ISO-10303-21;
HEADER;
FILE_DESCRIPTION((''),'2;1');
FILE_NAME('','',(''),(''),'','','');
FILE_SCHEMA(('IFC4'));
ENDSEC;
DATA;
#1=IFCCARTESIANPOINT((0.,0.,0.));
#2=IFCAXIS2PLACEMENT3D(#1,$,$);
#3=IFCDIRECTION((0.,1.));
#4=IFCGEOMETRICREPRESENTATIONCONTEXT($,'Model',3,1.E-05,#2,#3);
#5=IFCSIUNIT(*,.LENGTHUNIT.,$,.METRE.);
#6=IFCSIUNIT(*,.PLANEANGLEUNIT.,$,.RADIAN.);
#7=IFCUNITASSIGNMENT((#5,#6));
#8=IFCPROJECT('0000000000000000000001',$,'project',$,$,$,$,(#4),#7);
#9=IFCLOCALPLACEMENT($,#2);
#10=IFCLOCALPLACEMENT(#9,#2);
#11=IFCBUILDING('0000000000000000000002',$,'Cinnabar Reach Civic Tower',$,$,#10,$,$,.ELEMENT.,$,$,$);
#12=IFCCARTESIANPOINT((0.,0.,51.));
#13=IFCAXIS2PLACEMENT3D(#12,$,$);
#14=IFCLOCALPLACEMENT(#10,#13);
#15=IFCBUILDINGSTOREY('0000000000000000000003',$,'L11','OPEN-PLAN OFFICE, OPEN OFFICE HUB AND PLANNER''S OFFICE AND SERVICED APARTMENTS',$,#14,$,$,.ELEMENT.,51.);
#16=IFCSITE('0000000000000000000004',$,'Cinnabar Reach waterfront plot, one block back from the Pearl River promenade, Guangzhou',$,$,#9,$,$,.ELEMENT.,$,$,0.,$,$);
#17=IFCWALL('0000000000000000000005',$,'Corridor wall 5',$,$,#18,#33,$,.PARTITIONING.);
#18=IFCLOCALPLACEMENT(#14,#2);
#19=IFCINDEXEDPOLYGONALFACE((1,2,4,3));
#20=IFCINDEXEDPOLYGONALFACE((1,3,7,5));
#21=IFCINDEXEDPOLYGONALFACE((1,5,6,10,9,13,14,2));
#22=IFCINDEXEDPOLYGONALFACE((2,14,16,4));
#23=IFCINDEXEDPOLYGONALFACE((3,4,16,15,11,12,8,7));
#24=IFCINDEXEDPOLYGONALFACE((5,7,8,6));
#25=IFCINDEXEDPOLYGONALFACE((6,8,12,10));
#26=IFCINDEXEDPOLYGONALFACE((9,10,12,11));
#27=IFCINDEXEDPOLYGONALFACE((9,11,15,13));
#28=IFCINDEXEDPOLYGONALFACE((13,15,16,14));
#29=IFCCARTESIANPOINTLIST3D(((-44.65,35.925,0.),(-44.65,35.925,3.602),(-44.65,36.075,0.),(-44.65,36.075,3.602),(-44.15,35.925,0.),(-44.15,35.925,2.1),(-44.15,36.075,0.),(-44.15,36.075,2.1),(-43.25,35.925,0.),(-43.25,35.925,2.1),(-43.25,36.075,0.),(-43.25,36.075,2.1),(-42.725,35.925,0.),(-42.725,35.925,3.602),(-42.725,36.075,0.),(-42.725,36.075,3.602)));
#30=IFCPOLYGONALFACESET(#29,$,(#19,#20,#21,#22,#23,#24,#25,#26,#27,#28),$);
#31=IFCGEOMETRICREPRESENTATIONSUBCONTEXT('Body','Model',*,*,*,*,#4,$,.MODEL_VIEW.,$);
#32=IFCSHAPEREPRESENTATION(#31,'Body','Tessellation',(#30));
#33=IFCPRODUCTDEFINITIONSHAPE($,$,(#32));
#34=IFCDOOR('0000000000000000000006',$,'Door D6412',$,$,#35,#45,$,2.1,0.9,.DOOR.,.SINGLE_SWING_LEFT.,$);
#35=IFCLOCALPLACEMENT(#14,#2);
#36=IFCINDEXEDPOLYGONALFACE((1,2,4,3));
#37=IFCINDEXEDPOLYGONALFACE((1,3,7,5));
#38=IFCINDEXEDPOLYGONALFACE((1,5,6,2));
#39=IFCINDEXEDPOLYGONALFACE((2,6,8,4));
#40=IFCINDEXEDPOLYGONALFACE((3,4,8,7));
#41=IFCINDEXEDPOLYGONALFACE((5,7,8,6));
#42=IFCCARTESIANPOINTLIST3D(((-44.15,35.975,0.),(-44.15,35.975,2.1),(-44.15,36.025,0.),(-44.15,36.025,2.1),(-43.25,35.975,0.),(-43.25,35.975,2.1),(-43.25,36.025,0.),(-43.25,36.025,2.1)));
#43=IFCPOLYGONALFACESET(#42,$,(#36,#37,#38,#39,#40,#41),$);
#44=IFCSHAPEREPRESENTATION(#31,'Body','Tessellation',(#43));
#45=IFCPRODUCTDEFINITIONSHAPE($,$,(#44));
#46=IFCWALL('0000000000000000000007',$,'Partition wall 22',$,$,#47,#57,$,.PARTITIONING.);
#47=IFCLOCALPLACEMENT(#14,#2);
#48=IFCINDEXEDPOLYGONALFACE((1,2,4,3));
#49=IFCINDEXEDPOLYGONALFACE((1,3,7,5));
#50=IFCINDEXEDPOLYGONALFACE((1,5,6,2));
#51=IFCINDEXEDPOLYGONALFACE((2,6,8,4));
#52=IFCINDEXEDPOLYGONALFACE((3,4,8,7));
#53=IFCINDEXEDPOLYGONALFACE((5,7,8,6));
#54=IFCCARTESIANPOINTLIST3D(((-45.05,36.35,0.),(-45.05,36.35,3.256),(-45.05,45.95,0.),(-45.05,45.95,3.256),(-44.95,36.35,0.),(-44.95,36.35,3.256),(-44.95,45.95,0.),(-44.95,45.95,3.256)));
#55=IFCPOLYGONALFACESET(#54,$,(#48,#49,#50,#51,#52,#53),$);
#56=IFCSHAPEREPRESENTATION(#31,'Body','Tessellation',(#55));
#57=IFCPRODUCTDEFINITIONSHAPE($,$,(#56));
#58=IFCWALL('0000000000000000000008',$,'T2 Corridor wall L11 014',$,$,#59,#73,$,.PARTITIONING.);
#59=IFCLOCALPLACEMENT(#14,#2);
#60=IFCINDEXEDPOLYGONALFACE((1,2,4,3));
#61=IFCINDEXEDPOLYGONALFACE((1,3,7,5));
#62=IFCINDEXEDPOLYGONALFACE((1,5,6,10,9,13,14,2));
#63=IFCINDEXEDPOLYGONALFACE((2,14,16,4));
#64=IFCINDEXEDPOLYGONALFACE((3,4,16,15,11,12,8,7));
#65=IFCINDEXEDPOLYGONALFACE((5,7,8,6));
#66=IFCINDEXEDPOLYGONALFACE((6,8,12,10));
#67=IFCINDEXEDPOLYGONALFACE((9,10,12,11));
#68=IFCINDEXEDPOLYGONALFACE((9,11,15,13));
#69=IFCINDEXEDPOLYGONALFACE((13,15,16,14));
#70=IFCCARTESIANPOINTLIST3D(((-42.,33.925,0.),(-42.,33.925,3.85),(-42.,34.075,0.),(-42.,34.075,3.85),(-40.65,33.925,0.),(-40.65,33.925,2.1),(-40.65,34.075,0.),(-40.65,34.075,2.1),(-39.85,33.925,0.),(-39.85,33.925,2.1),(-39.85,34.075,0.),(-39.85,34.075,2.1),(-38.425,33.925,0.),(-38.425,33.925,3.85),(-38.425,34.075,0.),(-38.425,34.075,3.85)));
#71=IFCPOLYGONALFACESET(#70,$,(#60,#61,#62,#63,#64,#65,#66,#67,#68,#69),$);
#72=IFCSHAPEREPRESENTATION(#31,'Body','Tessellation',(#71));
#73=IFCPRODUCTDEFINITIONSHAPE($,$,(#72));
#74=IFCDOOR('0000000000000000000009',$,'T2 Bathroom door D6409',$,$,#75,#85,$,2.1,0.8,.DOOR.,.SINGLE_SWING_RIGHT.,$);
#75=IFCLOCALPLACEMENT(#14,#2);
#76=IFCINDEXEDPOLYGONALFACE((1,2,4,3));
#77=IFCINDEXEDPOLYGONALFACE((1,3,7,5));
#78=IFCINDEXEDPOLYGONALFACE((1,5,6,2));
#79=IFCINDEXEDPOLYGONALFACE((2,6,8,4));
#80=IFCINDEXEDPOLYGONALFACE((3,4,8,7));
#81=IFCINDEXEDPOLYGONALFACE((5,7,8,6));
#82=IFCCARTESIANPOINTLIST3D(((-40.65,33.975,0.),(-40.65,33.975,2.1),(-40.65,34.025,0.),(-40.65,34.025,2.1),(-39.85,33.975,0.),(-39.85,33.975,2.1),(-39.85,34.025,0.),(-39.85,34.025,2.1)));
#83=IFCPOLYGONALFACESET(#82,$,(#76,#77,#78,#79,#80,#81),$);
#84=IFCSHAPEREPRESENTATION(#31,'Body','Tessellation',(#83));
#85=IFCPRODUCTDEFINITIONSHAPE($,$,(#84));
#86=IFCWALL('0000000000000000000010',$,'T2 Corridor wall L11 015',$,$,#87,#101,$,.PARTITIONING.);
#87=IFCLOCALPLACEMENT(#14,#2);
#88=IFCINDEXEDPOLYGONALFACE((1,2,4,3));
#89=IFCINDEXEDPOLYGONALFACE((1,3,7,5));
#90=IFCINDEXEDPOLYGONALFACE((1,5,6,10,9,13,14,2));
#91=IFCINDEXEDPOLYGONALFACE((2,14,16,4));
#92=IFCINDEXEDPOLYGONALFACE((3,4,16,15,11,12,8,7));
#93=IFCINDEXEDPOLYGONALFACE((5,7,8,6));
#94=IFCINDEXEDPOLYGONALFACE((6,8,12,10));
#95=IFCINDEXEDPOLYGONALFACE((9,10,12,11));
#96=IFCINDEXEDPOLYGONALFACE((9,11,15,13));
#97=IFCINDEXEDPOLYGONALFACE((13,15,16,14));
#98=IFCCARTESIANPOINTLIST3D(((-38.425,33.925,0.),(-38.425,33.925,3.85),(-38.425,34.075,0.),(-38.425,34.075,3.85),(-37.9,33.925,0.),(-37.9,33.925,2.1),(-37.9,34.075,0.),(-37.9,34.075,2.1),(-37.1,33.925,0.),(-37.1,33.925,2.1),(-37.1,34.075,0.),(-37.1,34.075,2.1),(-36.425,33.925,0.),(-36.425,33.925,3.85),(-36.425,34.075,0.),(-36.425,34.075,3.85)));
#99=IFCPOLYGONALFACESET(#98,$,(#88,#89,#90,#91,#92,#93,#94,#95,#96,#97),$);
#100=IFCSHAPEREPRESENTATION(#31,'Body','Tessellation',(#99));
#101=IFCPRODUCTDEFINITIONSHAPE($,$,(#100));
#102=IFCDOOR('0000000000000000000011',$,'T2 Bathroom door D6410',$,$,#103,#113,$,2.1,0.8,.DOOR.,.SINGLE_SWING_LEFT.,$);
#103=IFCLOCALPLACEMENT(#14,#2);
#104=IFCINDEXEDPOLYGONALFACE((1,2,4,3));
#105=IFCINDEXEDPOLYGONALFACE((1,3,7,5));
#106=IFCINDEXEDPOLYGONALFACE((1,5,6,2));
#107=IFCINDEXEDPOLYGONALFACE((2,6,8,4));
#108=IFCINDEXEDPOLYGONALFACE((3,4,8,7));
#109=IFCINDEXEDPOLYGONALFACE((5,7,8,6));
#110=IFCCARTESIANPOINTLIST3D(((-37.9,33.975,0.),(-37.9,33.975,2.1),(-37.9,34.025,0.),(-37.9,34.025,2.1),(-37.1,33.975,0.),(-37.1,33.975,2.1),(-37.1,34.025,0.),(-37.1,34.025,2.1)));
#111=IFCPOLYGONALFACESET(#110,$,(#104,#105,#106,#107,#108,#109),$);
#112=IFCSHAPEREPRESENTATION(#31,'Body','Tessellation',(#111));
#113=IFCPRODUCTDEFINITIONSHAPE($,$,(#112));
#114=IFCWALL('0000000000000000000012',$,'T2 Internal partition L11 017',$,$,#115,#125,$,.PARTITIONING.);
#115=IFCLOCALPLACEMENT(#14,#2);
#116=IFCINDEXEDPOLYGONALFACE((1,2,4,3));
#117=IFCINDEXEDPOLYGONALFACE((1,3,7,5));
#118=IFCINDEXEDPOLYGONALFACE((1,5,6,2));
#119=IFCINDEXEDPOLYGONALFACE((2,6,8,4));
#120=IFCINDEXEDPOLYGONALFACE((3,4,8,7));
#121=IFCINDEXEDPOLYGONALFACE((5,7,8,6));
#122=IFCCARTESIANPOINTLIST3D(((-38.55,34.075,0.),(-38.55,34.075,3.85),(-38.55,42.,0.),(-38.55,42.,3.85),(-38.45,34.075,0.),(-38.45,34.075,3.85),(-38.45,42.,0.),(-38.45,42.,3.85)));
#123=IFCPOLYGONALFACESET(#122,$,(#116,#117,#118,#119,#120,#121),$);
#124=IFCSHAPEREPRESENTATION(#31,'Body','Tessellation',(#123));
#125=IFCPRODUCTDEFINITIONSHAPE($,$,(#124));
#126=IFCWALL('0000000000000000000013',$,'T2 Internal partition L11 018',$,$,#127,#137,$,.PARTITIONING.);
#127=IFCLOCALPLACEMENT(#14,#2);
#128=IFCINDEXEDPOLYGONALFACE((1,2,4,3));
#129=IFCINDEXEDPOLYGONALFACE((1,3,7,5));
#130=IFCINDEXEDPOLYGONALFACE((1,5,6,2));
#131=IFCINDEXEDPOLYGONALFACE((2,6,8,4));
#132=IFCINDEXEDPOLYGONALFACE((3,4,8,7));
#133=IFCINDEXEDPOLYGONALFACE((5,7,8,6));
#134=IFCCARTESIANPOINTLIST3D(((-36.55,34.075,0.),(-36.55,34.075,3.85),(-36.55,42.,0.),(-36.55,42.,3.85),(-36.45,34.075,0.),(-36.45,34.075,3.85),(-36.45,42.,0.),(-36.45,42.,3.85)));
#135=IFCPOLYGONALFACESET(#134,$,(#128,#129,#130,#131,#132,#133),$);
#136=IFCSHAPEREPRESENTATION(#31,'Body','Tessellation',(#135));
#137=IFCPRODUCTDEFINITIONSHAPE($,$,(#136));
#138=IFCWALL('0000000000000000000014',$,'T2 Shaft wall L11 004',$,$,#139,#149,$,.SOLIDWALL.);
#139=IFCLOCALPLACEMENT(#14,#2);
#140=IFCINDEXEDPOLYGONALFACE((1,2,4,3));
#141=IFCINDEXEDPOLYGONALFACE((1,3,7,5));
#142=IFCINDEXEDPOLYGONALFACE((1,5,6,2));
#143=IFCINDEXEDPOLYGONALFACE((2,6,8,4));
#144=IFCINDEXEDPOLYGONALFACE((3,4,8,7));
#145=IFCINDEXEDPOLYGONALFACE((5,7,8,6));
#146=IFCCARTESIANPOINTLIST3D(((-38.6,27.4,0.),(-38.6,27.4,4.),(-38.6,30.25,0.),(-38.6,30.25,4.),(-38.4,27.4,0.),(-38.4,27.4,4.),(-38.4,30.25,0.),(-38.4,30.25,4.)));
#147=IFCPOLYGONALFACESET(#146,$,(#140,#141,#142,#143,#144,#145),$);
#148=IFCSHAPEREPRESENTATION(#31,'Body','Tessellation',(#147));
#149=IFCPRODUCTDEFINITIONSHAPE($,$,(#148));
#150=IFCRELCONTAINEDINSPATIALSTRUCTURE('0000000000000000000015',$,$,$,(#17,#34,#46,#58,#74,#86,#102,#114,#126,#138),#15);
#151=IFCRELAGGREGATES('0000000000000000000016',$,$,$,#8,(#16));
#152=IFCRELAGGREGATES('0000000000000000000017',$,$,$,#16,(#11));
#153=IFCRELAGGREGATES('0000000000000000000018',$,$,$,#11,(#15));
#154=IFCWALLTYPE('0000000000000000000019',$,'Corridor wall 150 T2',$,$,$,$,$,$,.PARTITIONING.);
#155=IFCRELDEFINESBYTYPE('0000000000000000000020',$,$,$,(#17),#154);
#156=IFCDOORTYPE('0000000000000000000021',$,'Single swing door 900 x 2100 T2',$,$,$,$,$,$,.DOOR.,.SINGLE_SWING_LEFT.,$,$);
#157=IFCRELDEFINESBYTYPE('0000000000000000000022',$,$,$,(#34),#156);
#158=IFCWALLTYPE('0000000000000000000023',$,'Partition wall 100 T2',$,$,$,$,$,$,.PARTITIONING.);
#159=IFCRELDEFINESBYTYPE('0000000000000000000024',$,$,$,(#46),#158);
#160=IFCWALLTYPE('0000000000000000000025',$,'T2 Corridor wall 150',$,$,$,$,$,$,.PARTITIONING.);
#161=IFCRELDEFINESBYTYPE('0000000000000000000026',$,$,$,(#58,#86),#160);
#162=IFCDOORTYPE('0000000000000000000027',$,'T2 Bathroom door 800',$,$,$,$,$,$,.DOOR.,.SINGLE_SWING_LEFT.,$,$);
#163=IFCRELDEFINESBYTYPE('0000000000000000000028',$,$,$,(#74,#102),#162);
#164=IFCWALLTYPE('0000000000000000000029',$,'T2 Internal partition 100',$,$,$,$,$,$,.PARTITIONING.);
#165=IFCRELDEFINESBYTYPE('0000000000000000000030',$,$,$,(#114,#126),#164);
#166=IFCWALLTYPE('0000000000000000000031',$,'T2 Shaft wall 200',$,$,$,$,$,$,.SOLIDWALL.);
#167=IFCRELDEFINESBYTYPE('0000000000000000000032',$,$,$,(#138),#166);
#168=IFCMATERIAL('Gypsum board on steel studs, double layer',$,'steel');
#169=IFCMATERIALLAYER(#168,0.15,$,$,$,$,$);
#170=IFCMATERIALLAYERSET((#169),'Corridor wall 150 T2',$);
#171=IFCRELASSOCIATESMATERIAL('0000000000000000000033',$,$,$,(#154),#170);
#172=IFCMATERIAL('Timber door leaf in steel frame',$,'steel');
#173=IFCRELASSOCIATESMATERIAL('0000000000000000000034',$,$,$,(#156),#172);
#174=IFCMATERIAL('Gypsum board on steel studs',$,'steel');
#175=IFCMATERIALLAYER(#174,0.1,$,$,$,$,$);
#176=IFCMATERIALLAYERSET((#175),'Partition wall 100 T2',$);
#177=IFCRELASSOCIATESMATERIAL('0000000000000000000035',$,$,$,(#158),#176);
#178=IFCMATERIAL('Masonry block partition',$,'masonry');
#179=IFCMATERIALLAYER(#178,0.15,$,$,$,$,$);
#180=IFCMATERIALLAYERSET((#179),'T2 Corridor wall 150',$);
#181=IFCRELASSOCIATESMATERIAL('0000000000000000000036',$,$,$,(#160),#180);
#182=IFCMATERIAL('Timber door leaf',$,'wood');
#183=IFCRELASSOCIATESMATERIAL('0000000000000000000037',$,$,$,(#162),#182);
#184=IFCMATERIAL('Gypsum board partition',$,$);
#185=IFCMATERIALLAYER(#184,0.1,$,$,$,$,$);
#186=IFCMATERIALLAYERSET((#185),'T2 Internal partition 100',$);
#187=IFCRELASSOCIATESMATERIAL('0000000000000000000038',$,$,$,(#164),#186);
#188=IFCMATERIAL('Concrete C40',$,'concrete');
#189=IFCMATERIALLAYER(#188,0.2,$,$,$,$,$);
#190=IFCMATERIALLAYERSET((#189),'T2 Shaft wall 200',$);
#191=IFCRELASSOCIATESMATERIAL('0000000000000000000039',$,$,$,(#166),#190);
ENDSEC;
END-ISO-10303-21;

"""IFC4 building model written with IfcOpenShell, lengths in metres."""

from ifc_helpers import new_model, si_unit, direction, frame, frame_2d, origin, place, context, subcontext, project, spatial, rectangle, extrude, material, layer, layer_set, type_object, element, fill, save


model = new_model("IFC4")

# Units and contexts
model_context = context("Model", 3, precision=1e-05, world=origin(), true_north=direction((0.0, 1.0)))
body_context = subcontext(model_context, "Body", "Model", "MODEL_VIEW")
ifc_project = project(units=[si_unit("LENGTHUNIT", "METRE"), si_unit("PLANEANGLEUNIT", "RADIAN")], contexts=[model_context])

# Site, building, storey
site_placement = place(None, origin())
site = spatial("IfcSite", under=ifc_project, at=site_placement, Name="Cinnabar Reach waterfront plot, one block back from the Pearl River promenade, Guangzhou", CompositionType="ELEMENT", RefElevation=0.0)
building_placement = place(site_placement, origin())
building = spatial("IfcBuilding", under=site, at=building_placement, Name="Cinnabar Reach Civic Tower", CompositionType="ELEMENT")
storey_placement = place(building_placement, frame((0.0, 0.0, 51.0)))
storey = spatial("IfcBuildingStorey", under=building, at=storey_placement, Name="L11", Description="OPEN-PLAN OFFICE, OPEN OFFICE HUB AND PLANNER'S OFFICE AND SERVICED APARTMENTS", CompositionType="ELEMENT", Elevation=51.0)

# Wall, opening, door
ifc_material_1 = material(Name="Gypsum board on steel studs, double layer", Category="steel")
ifc_layer_1 = layer(ifc_material_1, 0.15)
ifc_layer_set_1 = layer_set([ifc_layer_1], Name="Corridor wall 150 T2")
wall_type_1 = type_object("IfcWallType", Name="Corridor wall 150 T2", PredefinedType="PARTITIONING", material=ifc_layer_set_1)
wall_1_placement = place(storey_placement, frame((-44.65, 36.0, 0.0), z_axis=(0.0, 0.0, 1.0), x_axis=(1.0, 0.0, 0.0)))
wall_1 = element("IfcWall", 1, at=wall_1_placement, inside=storey, type_object=wall_type_1, Name="Corridor wall 5", PredefinedType="PARTITIONING", context=body_context, shape_type="SweptSolid", body=[
    extrude(rectangle(XDim=1.925, YDim=0.15, at=frame_2d((0.9625, 0.0))), origin(), (0.0, 0.0, 1.0), 3.602),
])
opening_1_placement = place(wall_1_placement, frame((0.5, 0.0, 0.0)))
opening_1 = element("IfcOpeningElement", 2, at=opening_1_placement, cuts=wall_1, PredefinedType="OPENING", context=body_context, shape_type="SweptSolid", body=[
    extrude(rectangle(XDim=0.9, YDim=2.1, at=frame_2d((0.45, 1.05))), frame((0.0, 0.085, 0.0), z_axis=(0.0, -1.0, 0.0), x_axis=(1.0, 0.0, 0.0)), (0.0, 0.0, 1.0), 0.17),
])
ifc_material_2 = material(Name="Timber door leaf in steel frame", Category="steel")
door_type_1 = type_object("IfcDoorType", Name="Single swing door 900 x 2100 T2", OperationType="SINGLE_SWING_LEFT", PredefinedType="DOOR", material=ifc_material_2)
door_1_placement = place(opening_1_placement, origin())
door_1 = element("IfcDoor", 3, at=door_1_placement, inside=storey, type_object=door_type_1, Name="Door D6412", OperationType="SINGLE_SWING_LEFT", OverallHeight=2.1, OverallWidth=0.9, PredefinedType="DOOR", context=body_context, shape_type="SweptSolid", body=[
    extrude(rectangle(XDim=0.9, YDim=2.1, at=frame_2d((0.45, 1.05))), frame((0.0, 0.025, 0.0), z_axis=(0.0, -1.0, 0.0), x_axis=(1.0, 0.0, 0.0)), (0.0, 0.0, 1.0), 0.05),
])
fill(opening_1, door_1)

# Wall
ifc_material_3 = material(Name="Gypsum board on steel studs", Category="steel")
ifc_layer_2 = layer(ifc_material_3, 0.1)
ifc_layer_set_2 = layer_set([ifc_layer_2], Name="Partition wall 100 T2")
wall_type_2 = type_object("IfcWallType", Name="Partition wall 100 T2", PredefinedType="PARTITIONING", material=ifc_layer_set_2)
wall_2_placement = place(storey_placement, frame((-45.0, 36.35, 0.0), z_axis=(0.0, 0.0, 1.0), x_axis=(0.0, 1.0, 0.0)))
element("IfcWall", 4, at=wall_2_placement, inside=storey, type_object=wall_type_2, Name="Partition wall 22", PredefinedType="PARTITIONING", context=body_context, shape_type="SweptSolid", body=[
    extrude(rectangle(XDim=9.6, YDim=0.1, at=frame_2d((4.8, 0.0))), origin(), (0.0, 0.0, 1.0), 3.256),
])

# Walls, openings, doors
ifc_material_4 = material(Name="Masonry block partition", Category="masonry")
ifc_layer_3 = layer(ifc_material_4, 0.15)
ifc_layer_set_3 = layer_set([ifc_layer_3], Name="T2 Corridor wall 150")
wall_type_3 = type_object("IfcWallType", Name="T2 Corridor wall 150", PredefinedType="PARTITIONING", material=ifc_layer_set_3)
wall_3_placement = place(storey_placement, frame((-38.425, 34.0, 0.0), z_axis=(0.0, 0.0, 1.0), x_axis=(-1.0, 0.0, 0.0)))
wall_3 = element("IfcWall", 5, at=wall_3_placement, inside=storey, type_object=wall_type_3, Name="T2 Corridor wall L11 014", PredefinedType="PARTITIONING", context=body_context, shape_type="SweptSolid", body=[
    extrude(rectangle(XDim=3.575, YDim=0.15, at=frame_2d((1.7875, 0.0))), origin(), (0.0, 0.0, 1.0), 3.85),
])
opening_2_placement = place(wall_3_placement, frame((1.425, 0.0, 0.0)))
opening_2 = element("IfcOpeningElement", 6, at=opening_2_placement, cuts=wall_3, PredefinedType="OPENING", context=body_context, shape_type="SweptSolid", body=[
    extrude(rectangle(XDim=0.8, YDim=2.1, at=frame_2d((0.4, 1.05))), frame((0.0, 0.085, 0.0), z_axis=(0.0, -1.0, 0.0), x_axis=(1.0, 0.0, 0.0)), (0.0, 0.0, 1.0), 0.17),
])
ifc_material_5 = material(Name="Timber door leaf", Category="wood")
door_type_2 = type_object("IfcDoorType", Name="T2 Bathroom door 800", OperationType="SINGLE_SWING_LEFT", PredefinedType="DOOR", material=ifc_material_5)
door_2_placement = place(opening_2_placement, frame((0.8, 0.0, 0.0), z_axis=(0.0, 0.0, 1.0), x_axis=(-1.0, 0.0, 0.0)))
door_2 = element("IfcDoor", 7, at=door_2_placement, inside=storey, type_object=door_type_2, Name="T2 Bathroom door D6409", OperationType="SINGLE_SWING_RIGHT", OverallHeight=2.1, OverallWidth=0.8, PredefinedType="DOOR", context=body_context, shape_type="SweptSolid", body=[
    extrude(rectangle(XDim=0.8, YDim=2.1, at=frame_2d((0.4, 1.05))), frame((0.0, 0.025, 0.0), z_axis=(0.0, -1.0, 0.0), x_axis=(1.0, 0.0, 0.0)), (0.0, 0.0, 1.0), 0.05),
])
fill(opening_2, door_2)
wall_4_placement = place(storey_placement, frame((-36.425, 34.0, 0.0), z_axis=(0.0, 0.0, 1.0), x_axis=(-1.0, 0.0, 0.0)))
wall_4 = element("IfcWall", 8, at=wall_4_placement, inside=storey, type_object=wall_type_3, Name="T2 Corridor wall L11 015", PredefinedType="PARTITIONING", context=body_context, shape_type="SweptSolid", body=[
    extrude(rectangle(XDim=2.0, YDim=0.15, at=frame_2d((1.0, 0.0))), origin(), (0.0, 0.0, 1.0), 3.85),
])
opening_3_placement = place(wall_4_placement, frame((0.675, 0.0, 0.0)))
opening_3 = element("IfcOpeningElement", 9, at=opening_3_placement, cuts=wall_4, PredefinedType="OPENING", context=body_context, shape_type="SweptSolid", body=[
    extrude(rectangle(XDim=0.8, YDim=2.1, at=frame_2d((0.4, 1.05))), frame((0.0, 0.085, 0.0), z_axis=(0.0, -1.0, 0.0), x_axis=(1.0, 0.0, 0.0)), (0.0, 0.0, 1.0), 0.17),
])
door_3_placement = place(opening_3_placement, frame((0.8, 0.0, 0.0), z_axis=(0.0, 0.0, 1.0), x_axis=(-1.0, 0.0, 0.0)))
door_3 = element("IfcDoor", 10, at=door_3_placement, inside=storey, type_object=door_type_2, Name="T2 Bathroom door D6410", OperationType="SINGLE_SWING_LEFT", OverallHeight=2.1, OverallWidth=0.8, PredefinedType="DOOR", context=body_context, shape_type="SweptSolid", body=[
    extrude(rectangle(XDim=0.8, YDim=2.1, at=frame_2d((0.4, 1.05))), frame((0.0, 0.025, 0.0), z_axis=(0.0, -1.0, 0.0), x_axis=(1.0, 0.0, 0.0)), (0.0, 0.0, 1.0), 0.05),
])
fill(opening_3, door_3)

# Walls
ifc_material_6 = material(Name="Gypsum board partition")
ifc_layer_4 = layer(ifc_material_6, 0.1)
ifc_layer_set_4 = layer_set([ifc_layer_4], Name="T2 Internal partition 100")
wall_type_4 = type_object("IfcWallType", Name="T2 Internal partition 100", PredefinedType="PARTITIONING", material=ifc_layer_set_4)
for number, where, z_axis, x_axis, name in (
    (11, (-38.5, 34.075, 0.0), (0.0, 0.0, 1.0), (0.0, 1.0, 0.0), "T2 Internal partition L11 017"),
    (12, (-36.5, 34.075, 0.0), (0.0, 0.0, 1.0), (0.0, 1.0, 0.0), "T2 Internal partition L11 018"),
):
    element("IfcWall", number, at=place(storey_placement, frame(where, z_axis=z_axis, x_axis=x_axis)), inside=storey, type_object=wall_type_4, Name=name, PredefinedType="PARTITIONING", context=body_context, shape_type="SweptSolid", body=[
        extrude(rectangle(XDim=7.925, YDim=0.1, at=frame_2d((3.9625, 0.0))), origin(), (0.0, 0.0, 1.0), 3.85),
    ])
ifc_material_7 = material(Name="Concrete C40", Category="concrete")
ifc_layer_5 = layer(ifc_material_7, 0.2)
ifc_layer_set_5 = layer_set([ifc_layer_5], Name="T2 Shaft wall 200")
wall_type_5 = type_object("IfcWallType", Name="T2 Shaft wall 200", PredefinedType="SOLIDWALL", material=ifc_layer_set_5)
wall_5_placement = place(storey_placement, frame((-38.5, 27.4, 0.0), z_axis=(0.0, 0.0, 1.0), x_axis=(0.0, 1.0, 0.0)))
element("IfcWall", 13, at=wall_5_placement, inside=storey, type_object=wall_type_5, Name="T2 Shaft wall L11 004", PredefinedType="SOLIDWALL", context=body_context, shape_type="SweptSolid", body=[
    extrude(rectangle(XDim=2.85, YDim=0.2, at=frame_2d((1.425, 0.0))), origin(), (0.0, 0.0, 1.0), 4.0),
])

save(model, "model.ifc")
